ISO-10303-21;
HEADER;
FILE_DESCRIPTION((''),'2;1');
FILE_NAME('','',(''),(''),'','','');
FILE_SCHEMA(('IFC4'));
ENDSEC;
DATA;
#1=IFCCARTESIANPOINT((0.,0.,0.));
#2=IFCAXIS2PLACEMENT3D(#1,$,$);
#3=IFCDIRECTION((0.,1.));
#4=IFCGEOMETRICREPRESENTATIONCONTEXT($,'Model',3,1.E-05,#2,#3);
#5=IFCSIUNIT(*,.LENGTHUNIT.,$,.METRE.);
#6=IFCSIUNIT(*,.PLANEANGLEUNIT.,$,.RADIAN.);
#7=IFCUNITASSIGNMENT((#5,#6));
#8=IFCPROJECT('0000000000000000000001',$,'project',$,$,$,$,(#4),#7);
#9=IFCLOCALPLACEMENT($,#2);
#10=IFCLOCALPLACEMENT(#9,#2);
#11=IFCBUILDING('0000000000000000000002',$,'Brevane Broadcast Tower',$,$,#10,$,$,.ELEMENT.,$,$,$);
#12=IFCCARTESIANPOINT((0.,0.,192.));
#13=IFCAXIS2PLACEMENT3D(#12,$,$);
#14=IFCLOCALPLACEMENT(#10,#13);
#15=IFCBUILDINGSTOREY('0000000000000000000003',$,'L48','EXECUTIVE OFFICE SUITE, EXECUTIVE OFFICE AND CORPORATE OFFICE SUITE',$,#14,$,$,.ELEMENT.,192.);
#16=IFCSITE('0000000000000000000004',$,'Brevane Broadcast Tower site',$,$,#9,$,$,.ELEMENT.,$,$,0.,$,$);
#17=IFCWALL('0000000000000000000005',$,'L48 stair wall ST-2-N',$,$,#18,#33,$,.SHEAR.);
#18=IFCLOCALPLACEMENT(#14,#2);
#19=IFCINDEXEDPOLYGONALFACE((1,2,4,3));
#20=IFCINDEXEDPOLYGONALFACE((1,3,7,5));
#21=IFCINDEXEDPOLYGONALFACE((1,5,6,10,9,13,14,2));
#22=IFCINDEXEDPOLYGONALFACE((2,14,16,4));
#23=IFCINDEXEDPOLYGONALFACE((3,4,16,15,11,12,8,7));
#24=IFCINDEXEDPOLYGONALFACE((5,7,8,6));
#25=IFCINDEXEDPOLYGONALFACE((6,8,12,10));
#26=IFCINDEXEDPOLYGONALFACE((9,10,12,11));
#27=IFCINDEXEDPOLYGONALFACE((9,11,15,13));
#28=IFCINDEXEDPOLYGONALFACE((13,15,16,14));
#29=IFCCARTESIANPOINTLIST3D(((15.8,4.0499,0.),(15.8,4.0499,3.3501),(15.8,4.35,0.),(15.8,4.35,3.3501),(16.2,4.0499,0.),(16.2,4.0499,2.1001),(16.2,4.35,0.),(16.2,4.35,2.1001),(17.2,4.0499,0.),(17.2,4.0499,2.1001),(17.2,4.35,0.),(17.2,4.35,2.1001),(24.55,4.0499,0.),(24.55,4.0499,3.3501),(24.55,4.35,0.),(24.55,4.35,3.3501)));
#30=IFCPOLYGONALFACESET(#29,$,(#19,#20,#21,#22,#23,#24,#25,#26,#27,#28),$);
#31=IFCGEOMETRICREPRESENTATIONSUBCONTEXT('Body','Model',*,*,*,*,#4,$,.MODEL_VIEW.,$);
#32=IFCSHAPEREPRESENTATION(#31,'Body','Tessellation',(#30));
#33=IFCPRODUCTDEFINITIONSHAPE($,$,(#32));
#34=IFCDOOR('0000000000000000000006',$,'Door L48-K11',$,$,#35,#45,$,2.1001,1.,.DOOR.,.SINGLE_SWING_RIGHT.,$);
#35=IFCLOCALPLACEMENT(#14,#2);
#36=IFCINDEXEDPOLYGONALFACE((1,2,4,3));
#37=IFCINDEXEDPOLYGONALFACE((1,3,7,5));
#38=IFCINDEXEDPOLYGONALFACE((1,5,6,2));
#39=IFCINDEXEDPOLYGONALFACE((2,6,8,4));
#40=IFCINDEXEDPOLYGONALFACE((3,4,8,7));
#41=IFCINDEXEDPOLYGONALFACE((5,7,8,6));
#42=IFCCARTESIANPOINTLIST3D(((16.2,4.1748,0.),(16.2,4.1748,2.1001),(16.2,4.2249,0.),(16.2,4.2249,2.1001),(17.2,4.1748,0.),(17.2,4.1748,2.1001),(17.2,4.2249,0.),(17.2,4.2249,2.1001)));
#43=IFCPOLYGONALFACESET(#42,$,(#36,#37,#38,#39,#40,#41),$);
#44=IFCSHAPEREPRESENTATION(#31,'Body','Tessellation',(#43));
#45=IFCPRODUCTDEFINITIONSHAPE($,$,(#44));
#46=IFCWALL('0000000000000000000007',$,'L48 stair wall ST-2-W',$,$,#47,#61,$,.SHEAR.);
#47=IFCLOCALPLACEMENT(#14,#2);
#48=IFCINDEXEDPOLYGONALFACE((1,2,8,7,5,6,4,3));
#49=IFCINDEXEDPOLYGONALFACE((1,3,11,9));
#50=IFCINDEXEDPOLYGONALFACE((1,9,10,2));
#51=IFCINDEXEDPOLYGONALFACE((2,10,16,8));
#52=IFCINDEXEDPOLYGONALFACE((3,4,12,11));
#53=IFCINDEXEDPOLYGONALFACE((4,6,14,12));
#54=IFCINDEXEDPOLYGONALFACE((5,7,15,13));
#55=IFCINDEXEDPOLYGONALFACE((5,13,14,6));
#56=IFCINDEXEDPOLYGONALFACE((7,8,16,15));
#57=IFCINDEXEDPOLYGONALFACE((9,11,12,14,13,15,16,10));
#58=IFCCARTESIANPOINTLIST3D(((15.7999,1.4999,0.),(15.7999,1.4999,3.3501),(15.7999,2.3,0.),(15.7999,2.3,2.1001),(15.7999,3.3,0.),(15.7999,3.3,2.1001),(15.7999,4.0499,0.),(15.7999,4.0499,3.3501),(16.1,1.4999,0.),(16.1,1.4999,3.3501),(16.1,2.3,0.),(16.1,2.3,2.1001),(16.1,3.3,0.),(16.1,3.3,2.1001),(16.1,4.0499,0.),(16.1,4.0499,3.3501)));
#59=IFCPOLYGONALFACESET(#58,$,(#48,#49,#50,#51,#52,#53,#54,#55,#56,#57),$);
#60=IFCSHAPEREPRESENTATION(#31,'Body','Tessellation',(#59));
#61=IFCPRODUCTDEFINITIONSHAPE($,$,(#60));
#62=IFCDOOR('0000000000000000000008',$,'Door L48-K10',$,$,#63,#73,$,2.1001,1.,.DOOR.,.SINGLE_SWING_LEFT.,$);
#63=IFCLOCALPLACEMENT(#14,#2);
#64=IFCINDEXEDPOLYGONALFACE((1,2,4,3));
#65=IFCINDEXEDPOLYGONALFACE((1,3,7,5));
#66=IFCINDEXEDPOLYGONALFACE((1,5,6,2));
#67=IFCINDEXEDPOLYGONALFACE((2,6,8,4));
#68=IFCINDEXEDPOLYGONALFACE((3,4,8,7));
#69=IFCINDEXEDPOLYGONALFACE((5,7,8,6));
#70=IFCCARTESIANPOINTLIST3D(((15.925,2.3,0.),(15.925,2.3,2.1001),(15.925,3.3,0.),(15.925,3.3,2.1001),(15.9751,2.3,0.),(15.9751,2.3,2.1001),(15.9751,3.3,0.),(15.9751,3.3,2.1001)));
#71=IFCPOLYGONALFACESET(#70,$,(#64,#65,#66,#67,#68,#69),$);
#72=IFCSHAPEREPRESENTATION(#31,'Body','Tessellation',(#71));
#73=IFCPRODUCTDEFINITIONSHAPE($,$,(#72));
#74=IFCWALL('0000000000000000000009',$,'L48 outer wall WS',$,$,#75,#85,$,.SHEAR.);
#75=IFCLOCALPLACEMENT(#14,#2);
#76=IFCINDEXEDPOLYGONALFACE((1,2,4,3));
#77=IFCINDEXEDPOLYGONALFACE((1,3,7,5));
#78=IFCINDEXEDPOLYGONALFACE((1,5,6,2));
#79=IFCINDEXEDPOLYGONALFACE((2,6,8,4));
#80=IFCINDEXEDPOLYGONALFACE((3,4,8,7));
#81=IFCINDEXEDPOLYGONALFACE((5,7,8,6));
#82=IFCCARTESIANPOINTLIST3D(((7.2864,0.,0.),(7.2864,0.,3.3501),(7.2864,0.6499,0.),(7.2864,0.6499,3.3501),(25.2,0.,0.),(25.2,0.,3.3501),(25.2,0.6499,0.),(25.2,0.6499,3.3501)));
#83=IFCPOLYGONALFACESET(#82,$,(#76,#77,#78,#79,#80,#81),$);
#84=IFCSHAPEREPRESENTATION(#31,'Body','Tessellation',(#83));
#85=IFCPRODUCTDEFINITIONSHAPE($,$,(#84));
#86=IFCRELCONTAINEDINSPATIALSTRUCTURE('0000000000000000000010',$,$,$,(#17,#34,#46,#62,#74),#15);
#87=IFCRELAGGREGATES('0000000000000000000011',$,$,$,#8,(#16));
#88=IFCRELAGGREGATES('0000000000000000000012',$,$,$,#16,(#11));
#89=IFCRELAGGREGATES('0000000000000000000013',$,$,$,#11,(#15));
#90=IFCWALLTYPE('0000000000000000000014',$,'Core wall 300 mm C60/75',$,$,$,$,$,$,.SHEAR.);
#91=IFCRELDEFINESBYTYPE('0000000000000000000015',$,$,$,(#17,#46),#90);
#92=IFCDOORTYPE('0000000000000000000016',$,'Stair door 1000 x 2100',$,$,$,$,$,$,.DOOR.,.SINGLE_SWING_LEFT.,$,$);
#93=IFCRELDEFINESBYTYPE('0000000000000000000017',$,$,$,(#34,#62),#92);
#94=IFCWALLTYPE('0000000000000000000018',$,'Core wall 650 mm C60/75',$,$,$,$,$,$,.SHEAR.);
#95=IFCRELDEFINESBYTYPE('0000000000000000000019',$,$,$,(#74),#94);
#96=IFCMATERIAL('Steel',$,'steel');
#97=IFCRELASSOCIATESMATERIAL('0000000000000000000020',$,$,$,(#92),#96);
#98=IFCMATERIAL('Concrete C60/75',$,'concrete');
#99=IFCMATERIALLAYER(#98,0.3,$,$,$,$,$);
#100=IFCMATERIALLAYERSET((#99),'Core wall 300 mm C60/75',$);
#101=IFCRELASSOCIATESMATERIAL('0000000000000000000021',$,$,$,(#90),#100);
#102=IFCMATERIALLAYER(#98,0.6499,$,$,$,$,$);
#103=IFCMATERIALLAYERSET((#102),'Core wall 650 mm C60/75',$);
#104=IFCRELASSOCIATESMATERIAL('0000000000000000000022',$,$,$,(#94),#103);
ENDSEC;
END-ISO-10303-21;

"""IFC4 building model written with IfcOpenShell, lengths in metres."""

from ifc_helpers import new_model, si_unit, direction, frame, frame_2d, origin, place, context, subcontext, project, spatial, rectangle, extrude, material, layer, layer_set, type_object, element, fill, save


model = new_model("IFC4")

# Units and contexts
model_context = context("Model", 3, precision=1e-05, world=origin(), true_north=direction((0.0, 1.0)))
body_context = subcontext(model_context, "Body", "Model", "MODEL_VIEW")
ifc_project = project(units=[si_unit("LENGTHUNIT", "METRE"), si_unit("PLANEANGLEUNIT", "RADIAN")], contexts=[model_context])

# Site, building, storey
site_placement = place(None, origin())
site = spatial("IfcSite", under=ifc_project, at=site_placement, Name="Brevane Broadcast Tower site", CompositionType="ELEMENT", RefElevation=0.0)
building_placement = place(site_placement, origin())
building = spatial("IfcBuilding", under=site, at=building_placement, Name="Brevane Broadcast Tower", CompositionType="ELEMENT")
storey_placement = place(building_placement, frame((0.0, 0.0, 192.0)))
storey = spatial("IfcBuildingStorey", under=building, at=storey_placement, Name="L48", Description="EXECUTIVE OFFICE SUITE, EXECUTIVE OFFICE AND CORPORATE OFFICE SUITE", CompositionType="ELEMENT", Elevation=192.0)

# Shared definitions
ifc_material_1 = material(Name="Steel", Category="steel")
door_type_1 = type_object("IfcDoorType", Name="Stair door 1000 x 2100", OperationType="SINGLE_SWING_LEFT", PredefinedType="DOOR", material=ifc_material_1)

# Shared definitions
ifc_material_2 = material(Name="Concrete C60/75", Category="concrete")
ifc_layer_1 = layer(ifc_material_2, 0.3)
ifc_layer_set_1 = layer_set([ifc_layer_1], Name="Core wall 300 mm C60/75")
wall_type_1 = type_object("IfcWallType", Name="Core wall 300 mm C60/75", PredefinedType="SHEAR", material=ifc_layer_set_1)

# Walls, openings, doors
wall_1_placement = place(storey_placement, frame((15.8, 4.2, 0.0), z_axis=(0.0, 0.0, 1.0), x_axis=(1.0, 0.0, 0.0)))
wall_1 = element("IfcWall", 1, at=wall_1_placement, inside=storey, type_object=wall_type_1, Name="L48 stair wall ST-2-N", PredefinedType="SHEAR", context=body_context, shape_type="SweptSolid", body=[
    extrude(rectangle(XDim=8.75, YDim=0.3, at=frame_2d((4.375, 0.0))), origin(), (0.0, 0.0, 1.0), 3.3501),
])
opening_1_placement = place(wall_1_placement, frame((0.3999, 0.0, 0.0)))
opening_1 = element("IfcOpeningElement", 2, at=opening_1_placement, cuts=wall_1, PredefinedType="OPENING", context=body_context, shape_type="SweptSolid", body=[
    extrude(rectangle(XDim=1.0, YDim=2.1001, at=frame_2d((0.5, 1.05))), frame((0.0, 0.1599, 0.0), z_axis=(0.0, -1.0, 0.0), x_axis=(1.0, 0.0, 0.0)), (0.0, 0.0, 1.0), 0.3201),
])
door_1_placement = place(opening_1_placement, origin())
door_1 = element("IfcDoor", 3, at=door_1_placement, inside=storey, type_object=door_type_1, Name="Door L48-K11", OperationType="SINGLE_SWING_RIGHT", OverallHeight=2.1001, OverallWidth=1.0, PredefinedType="DOOR", context=body_context, shape_type="SweptSolid", body=[
    extrude(rectangle(XDim=1.0, YDim=2.1001, at=frame_2d((0.5, 1.05))), frame((0.0, 0.0249, 0.0), z_axis=(0.0, -1.0, 0.0), x_axis=(1.0, 0.0, 0.0)), (0.0, 0.0, 1.0), 0.05),
])
fill(opening_1, door_1)
wall_2_placement = place(storey_placement, frame((15.95, 1.5, 0.0), z_axis=(0.0, 0.0, 1.0), x_axis=(0.0, 1.0, 0.0)))
wall_2 = element("IfcWall", 4, at=wall_2_placement, inside=storey, type_object=wall_type_1, Name="L48 stair wall ST-2-W", PredefinedType="SHEAR", context=body_context, shape_type="SweptSolid", body=[
    extrude(rectangle(XDim=2.55, YDim=0.3, at=frame_2d((1.2749, 0.0))), origin(), (0.0, 0.0, 1.0), 3.3501),
])
opening_2_placement = place(wall_2_placement, frame((0.8, 0.0, 0.0)))
opening_2 = element("IfcOpeningElement", 5, at=opening_2_placement, cuts=wall_2, PredefinedType="OPENING", context=body_context, shape_type="SweptSolid", body=[
    extrude(rectangle(XDim=1.0, YDim=2.1001, at=frame_2d((0.5, 1.05))), frame((0.0, 0.1599, 0.0), z_axis=(0.0, -1.0, 0.0), x_axis=(1.0, 0.0, 0.0)), (0.0, 0.0, 1.0), 0.3201),
])
door_2_placement = place(opening_2_placement, origin())
door_2 = element("IfcDoor", 6, at=door_2_placement, inside=storey, type_object=door_type_1, Name="Door L48-K10", OperationType="SINGLE_SWING_LEFT", OverallHeight=2.1001, OverallWidth=1.0, PredefinedType="DOOR", context=body_context, shape_type="SweptSolid", body=[
    extrude(rectangle(XDim=1.0, YDim=2.1001, at=frame_2d((0.5, 1.05))), frame((0.0, 0.0249, 0.0), z_axis=(0.0, -1.0, 0.0), x_axis=(1.0, 0.0, 0.0)), (0.0, 0.0, 1.0), 0.05),
])
fill(opening_2, door_2)

# Wall
ifc_layer_2 = layer(ifc_material_2, 0.6499)
ifc_layer_set_2 = layer_set([ifc_layer_2], Name="Core wall 650 mm C60/75")
wall_type_2 = type_object("IfcWallType", Name="Core wall 650 mm C60/75", PredefinedType="SHEAR", material=ifc_layer_set_2)
wall_3_placement = place(storey_placement, frame((7.2864, 0.325, 0.0), z_axis=(0.0, 0.0, 1.0), x_axis=(1.0, 0.0, 0.0)))
element("IfcWall", 7, at=wall_3_placement, inside=storey, type_object=wall_type_2, Name="L48 outer wall WS", PredefinedType="SHEAR", context=body_context, shape_type="SweptSolid", body=[
    extrude(rectangle(XDim=17.9136, YDim=0.6499, at=frame_2d((8.9568, 0.0))), origin(), (0.0, 0.0, 1.0), 3.3501),
])

save(model, "model.ifc")
